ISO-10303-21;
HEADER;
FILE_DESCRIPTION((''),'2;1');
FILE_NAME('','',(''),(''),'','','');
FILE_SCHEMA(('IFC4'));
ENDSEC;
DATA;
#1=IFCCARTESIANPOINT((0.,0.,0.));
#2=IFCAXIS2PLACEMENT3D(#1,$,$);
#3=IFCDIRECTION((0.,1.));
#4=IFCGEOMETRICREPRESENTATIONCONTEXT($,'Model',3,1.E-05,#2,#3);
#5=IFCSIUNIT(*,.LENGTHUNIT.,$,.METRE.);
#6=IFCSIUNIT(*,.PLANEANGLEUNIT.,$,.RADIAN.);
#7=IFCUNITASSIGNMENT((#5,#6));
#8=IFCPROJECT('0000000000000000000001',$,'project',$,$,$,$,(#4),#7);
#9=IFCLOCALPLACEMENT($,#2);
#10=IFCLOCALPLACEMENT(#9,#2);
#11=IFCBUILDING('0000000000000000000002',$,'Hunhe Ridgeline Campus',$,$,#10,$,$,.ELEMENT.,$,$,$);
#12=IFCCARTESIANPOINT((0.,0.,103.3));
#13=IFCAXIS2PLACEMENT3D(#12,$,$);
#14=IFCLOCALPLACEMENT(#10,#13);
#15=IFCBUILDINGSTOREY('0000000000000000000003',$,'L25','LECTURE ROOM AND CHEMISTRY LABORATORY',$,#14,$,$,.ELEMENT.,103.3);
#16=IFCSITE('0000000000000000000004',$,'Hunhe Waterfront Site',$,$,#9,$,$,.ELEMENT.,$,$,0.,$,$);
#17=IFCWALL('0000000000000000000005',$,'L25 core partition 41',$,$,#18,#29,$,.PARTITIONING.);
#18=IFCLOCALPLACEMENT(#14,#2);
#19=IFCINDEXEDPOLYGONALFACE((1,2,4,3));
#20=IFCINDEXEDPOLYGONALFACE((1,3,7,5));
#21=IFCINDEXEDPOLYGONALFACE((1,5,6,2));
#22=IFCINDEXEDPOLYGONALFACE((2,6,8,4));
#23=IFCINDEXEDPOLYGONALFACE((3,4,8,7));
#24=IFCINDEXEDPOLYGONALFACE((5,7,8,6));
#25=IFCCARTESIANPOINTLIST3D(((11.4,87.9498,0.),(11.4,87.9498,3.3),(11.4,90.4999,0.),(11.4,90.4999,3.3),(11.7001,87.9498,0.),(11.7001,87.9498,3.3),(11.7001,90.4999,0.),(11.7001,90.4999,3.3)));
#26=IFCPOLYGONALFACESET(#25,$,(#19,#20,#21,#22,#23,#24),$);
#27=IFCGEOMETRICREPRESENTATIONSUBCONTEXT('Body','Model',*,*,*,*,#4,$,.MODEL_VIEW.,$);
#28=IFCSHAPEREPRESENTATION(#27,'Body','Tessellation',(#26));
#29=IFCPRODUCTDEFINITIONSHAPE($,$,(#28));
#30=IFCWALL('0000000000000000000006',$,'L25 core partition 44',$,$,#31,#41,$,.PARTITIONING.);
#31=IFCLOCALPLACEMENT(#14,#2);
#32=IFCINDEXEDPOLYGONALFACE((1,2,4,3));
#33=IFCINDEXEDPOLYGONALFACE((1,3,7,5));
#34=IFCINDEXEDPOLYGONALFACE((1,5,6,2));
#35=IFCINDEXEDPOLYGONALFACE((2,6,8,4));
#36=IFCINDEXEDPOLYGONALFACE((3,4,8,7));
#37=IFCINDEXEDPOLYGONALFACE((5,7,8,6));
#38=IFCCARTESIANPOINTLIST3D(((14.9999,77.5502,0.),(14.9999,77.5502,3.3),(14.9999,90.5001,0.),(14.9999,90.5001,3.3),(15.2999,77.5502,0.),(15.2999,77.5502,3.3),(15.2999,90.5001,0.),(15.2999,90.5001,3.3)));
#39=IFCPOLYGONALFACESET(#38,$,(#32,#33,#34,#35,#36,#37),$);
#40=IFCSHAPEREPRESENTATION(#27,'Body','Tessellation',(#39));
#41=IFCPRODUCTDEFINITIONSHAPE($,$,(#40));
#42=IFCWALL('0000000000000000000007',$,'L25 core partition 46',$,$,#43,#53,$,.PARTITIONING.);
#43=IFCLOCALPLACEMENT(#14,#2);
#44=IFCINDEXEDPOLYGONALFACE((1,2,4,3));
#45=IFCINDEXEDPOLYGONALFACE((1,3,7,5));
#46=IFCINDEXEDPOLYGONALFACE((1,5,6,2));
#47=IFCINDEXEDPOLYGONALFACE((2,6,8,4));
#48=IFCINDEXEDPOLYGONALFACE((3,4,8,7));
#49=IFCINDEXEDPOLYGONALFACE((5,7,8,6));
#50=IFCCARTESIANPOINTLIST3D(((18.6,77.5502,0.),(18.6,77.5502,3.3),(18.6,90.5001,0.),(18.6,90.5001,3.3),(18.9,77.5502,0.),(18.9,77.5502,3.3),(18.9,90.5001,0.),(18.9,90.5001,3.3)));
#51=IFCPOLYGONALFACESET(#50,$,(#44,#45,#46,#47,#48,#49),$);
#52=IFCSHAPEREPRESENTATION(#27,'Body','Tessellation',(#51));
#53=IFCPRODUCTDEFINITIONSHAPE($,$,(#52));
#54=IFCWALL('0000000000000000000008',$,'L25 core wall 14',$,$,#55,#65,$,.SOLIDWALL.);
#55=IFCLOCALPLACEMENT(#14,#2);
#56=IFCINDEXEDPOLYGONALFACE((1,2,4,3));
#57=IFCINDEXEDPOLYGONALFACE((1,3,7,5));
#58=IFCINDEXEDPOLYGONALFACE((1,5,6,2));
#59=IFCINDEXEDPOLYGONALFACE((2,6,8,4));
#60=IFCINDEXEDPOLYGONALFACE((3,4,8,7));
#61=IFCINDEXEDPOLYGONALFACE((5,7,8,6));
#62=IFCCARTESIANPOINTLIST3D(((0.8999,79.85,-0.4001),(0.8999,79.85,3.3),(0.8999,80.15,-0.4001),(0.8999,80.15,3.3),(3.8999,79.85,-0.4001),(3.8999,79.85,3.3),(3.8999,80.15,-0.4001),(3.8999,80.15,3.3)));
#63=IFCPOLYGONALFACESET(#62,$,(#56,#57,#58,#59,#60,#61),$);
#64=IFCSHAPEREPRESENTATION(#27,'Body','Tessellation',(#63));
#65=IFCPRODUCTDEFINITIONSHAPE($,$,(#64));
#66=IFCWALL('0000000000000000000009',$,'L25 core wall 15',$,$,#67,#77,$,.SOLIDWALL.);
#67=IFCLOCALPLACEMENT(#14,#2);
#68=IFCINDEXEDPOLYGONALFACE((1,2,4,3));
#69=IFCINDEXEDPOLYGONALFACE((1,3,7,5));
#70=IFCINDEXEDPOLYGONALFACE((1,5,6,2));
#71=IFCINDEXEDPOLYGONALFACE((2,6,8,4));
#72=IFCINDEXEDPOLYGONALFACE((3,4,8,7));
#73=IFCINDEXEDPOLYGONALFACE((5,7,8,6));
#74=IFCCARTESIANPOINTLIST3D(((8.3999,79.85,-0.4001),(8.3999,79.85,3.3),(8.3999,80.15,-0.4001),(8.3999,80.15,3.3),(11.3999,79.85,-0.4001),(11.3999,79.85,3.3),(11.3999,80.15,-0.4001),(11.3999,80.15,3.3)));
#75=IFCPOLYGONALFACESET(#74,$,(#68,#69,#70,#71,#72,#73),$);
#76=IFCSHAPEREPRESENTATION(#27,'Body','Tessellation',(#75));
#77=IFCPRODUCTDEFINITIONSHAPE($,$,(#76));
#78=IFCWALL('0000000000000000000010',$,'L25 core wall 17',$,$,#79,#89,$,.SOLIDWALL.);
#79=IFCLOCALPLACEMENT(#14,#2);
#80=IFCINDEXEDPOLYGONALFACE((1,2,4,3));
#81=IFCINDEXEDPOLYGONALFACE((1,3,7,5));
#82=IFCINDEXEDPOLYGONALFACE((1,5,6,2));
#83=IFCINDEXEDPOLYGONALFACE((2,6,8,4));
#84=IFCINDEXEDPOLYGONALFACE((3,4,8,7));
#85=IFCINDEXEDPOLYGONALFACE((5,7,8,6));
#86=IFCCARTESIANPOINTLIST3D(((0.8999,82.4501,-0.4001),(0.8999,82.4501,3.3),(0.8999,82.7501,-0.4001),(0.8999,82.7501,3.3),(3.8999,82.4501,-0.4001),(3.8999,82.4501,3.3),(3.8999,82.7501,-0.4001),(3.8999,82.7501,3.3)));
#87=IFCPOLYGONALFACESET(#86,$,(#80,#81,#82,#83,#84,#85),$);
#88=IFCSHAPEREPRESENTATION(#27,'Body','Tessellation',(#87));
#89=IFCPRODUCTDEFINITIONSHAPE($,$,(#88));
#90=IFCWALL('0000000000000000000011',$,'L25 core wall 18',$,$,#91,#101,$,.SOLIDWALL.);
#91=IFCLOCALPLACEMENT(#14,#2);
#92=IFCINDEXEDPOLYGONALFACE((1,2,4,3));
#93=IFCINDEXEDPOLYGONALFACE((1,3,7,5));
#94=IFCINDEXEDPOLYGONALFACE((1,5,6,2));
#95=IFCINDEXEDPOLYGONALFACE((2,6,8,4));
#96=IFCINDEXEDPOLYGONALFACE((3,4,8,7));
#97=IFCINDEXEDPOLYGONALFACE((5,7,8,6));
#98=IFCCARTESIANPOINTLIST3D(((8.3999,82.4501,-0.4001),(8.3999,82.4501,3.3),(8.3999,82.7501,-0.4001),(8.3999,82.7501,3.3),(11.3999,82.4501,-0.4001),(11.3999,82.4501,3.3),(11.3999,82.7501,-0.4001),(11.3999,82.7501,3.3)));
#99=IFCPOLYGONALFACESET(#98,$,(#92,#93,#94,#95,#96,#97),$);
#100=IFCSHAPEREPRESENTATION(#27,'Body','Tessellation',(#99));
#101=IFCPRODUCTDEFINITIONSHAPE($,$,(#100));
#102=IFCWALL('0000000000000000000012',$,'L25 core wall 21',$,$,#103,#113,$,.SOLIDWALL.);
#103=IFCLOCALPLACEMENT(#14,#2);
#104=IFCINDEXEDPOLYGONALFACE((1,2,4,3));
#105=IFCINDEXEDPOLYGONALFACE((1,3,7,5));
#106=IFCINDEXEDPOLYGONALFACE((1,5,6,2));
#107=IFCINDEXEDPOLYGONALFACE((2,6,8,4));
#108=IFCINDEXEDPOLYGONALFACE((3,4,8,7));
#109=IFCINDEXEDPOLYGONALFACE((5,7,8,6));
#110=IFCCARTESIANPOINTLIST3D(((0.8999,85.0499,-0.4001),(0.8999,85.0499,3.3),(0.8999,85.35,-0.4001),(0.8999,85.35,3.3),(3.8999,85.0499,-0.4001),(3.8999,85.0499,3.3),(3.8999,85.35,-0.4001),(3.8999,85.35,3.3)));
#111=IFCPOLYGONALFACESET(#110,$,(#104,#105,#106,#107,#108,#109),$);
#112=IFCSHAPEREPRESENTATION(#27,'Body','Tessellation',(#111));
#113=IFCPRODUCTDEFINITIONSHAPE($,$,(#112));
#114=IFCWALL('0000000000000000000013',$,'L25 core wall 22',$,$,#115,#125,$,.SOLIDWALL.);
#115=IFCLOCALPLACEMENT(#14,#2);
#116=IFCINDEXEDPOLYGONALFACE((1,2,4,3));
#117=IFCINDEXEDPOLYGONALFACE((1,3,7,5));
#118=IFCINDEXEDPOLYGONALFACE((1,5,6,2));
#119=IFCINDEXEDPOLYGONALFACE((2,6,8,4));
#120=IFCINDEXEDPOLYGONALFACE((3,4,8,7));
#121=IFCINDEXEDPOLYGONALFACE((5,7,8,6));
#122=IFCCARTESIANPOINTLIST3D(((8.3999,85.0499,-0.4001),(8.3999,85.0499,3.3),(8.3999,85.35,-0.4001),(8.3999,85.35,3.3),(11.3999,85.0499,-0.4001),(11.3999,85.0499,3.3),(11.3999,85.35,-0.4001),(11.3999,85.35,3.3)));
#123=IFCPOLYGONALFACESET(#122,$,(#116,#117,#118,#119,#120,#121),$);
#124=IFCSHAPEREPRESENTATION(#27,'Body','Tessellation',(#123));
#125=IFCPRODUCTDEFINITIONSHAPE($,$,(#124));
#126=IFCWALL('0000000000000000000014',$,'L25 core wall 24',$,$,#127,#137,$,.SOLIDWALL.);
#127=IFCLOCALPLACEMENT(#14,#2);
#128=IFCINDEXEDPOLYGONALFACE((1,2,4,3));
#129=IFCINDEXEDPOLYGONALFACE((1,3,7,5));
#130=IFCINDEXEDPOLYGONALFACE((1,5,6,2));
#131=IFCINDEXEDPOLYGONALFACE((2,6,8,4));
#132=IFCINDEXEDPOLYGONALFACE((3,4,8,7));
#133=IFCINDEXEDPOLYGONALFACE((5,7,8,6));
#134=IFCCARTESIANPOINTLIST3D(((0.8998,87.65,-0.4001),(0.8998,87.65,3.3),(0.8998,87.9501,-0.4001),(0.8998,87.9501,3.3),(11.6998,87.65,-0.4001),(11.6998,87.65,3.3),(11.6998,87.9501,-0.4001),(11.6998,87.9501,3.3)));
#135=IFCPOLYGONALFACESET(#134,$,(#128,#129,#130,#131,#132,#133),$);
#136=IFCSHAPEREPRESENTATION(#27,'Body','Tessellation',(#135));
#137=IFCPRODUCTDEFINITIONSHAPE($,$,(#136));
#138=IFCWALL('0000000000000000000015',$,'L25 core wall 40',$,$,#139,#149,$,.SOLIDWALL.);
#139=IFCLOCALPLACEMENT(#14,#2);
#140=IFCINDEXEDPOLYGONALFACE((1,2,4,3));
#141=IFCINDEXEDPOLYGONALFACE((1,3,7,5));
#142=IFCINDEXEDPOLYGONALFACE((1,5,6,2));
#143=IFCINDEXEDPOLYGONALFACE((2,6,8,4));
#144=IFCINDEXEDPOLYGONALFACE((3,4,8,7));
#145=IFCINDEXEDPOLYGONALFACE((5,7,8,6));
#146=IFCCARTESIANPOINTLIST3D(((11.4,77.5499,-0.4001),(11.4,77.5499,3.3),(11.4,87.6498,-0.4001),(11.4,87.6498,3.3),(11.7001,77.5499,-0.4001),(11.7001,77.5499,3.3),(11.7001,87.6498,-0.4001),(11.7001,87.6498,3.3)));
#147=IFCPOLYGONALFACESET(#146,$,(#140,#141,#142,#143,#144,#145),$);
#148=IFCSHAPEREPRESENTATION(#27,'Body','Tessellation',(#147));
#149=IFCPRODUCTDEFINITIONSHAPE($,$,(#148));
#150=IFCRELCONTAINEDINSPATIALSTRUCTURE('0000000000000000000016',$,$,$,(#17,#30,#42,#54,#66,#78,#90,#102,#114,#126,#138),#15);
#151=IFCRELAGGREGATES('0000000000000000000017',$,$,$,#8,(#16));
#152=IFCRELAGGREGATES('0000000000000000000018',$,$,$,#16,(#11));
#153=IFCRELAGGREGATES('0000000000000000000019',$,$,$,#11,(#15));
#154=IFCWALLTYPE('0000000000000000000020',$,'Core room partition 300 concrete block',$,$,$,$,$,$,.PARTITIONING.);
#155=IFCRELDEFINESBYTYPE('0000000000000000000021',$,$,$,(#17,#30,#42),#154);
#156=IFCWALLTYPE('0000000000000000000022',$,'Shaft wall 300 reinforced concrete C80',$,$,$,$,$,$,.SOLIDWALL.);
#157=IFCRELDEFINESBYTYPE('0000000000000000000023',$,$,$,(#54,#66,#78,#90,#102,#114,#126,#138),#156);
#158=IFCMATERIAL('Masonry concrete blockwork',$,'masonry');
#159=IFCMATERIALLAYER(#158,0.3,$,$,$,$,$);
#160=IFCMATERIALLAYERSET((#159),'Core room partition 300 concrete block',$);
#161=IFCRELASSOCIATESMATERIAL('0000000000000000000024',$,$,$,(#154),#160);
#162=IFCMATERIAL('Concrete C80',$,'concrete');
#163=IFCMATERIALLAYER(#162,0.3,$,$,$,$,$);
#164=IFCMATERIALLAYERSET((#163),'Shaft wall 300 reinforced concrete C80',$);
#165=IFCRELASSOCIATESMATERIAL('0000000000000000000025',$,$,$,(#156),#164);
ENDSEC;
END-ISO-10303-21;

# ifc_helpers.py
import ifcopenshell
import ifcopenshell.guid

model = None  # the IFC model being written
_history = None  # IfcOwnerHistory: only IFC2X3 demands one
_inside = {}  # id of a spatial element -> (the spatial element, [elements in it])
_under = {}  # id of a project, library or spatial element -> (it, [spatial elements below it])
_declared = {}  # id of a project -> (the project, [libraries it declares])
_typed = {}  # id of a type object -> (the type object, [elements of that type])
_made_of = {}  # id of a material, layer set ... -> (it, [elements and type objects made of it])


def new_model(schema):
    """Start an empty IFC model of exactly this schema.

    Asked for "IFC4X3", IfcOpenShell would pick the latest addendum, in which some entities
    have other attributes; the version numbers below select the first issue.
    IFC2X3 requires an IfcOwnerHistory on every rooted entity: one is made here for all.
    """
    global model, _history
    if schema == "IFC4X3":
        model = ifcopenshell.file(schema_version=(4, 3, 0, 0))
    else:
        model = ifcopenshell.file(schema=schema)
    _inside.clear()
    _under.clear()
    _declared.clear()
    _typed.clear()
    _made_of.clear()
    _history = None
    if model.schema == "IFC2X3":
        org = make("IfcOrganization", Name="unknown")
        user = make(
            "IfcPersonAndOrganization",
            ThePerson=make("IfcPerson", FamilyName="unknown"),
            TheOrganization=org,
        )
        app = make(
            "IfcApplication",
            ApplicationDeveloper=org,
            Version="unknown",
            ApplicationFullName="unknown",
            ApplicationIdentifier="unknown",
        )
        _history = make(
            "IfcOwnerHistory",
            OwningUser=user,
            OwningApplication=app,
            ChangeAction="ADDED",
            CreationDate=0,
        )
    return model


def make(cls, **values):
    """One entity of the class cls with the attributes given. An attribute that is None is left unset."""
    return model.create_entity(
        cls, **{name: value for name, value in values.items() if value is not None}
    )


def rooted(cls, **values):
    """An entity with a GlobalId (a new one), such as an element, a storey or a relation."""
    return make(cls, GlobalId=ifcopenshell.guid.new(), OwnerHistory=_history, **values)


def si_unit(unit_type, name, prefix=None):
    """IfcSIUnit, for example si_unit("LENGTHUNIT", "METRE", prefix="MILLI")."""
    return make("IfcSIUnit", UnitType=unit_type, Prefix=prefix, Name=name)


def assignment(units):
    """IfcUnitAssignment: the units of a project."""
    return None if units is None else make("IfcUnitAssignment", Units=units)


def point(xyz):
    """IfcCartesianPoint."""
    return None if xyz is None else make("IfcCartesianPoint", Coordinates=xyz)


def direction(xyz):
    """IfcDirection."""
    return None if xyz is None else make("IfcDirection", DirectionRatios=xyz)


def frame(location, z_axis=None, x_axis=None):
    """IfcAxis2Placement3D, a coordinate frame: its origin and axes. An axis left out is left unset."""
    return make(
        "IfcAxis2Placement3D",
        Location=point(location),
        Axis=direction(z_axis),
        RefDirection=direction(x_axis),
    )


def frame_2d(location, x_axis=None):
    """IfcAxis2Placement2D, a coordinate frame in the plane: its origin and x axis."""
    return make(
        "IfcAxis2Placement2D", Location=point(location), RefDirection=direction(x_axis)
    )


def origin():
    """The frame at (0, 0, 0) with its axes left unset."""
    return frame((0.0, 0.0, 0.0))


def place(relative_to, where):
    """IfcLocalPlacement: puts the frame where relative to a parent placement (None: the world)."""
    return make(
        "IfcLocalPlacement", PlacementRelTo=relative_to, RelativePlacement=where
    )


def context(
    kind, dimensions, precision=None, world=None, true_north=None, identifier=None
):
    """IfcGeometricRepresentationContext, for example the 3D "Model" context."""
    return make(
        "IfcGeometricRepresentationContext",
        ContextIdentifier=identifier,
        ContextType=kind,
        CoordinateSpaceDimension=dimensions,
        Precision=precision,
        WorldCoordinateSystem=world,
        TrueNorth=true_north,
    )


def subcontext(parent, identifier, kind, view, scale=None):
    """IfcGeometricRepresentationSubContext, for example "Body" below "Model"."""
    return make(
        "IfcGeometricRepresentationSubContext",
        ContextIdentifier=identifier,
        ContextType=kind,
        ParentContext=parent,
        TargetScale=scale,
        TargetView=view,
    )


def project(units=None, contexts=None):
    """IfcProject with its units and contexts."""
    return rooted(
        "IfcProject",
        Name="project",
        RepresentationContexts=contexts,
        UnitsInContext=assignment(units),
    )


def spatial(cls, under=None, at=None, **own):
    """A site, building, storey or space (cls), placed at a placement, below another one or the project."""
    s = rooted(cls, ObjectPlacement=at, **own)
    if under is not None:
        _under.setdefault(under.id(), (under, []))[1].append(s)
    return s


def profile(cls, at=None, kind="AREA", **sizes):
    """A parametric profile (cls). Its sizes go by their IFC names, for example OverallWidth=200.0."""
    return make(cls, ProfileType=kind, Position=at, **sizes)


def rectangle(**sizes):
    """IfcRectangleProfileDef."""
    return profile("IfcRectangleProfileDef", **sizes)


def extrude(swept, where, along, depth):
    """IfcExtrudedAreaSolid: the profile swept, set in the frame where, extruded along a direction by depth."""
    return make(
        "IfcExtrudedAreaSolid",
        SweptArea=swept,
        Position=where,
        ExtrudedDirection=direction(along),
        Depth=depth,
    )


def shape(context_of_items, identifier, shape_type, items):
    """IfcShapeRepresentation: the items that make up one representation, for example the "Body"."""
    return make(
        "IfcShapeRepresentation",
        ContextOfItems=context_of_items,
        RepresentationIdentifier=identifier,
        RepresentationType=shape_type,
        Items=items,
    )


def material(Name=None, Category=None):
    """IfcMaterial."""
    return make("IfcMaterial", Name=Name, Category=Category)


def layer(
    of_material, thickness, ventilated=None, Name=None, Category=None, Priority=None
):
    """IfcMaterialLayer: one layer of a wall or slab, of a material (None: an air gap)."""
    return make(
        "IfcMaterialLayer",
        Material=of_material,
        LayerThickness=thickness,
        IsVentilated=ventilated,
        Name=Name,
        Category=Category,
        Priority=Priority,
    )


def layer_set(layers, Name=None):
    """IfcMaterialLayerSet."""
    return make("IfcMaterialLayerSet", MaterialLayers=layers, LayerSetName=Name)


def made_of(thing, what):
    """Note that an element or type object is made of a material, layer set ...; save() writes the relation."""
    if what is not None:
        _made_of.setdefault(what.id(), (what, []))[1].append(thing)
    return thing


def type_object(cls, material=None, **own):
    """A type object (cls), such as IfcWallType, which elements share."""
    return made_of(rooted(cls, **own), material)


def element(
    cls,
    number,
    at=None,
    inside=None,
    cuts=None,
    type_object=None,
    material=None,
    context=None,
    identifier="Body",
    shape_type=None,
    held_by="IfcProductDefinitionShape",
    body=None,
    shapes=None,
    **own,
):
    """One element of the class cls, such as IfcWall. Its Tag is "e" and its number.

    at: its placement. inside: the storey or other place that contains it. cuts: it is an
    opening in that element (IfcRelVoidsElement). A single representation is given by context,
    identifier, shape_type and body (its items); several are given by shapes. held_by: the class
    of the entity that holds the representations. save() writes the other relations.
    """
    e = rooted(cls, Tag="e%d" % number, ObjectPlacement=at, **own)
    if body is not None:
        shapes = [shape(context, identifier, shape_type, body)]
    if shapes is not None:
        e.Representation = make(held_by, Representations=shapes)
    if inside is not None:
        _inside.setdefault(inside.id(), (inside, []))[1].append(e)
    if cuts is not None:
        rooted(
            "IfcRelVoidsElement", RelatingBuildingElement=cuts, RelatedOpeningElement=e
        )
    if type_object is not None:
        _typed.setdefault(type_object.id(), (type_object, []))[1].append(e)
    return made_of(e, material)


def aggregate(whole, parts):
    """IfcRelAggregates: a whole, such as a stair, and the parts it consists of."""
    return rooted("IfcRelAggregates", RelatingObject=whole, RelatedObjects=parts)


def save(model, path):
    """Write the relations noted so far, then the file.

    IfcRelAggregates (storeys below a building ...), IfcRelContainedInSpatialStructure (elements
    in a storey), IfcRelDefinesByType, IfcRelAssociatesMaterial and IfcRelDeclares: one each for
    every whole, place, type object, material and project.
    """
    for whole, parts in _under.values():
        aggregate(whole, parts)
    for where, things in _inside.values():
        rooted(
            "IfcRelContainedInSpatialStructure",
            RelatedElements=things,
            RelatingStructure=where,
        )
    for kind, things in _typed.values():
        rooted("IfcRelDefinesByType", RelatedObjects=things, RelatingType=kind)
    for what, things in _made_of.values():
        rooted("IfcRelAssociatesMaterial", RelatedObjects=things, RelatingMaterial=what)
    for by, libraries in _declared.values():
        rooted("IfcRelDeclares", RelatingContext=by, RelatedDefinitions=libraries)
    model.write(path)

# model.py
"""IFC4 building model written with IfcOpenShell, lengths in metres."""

from ifc_helpers import new_model, si_unit, direction, frame, frame_2d, origin, place, context, subcontext, project, spatial, rectangle, extrude, material, layer, layer_set, type_object, element, save


model = new_model("IFC4")

# Units and contexts
model_context = context("Model", 3, precision=1e-05, world=origin(), true_north=direction((0.0, 1.0)))
body_context = subcontext(model_context, "Body", "Model", "MODEL_VIEW")
ifc_project = project(units=[si_unit("LENGTHUNIT", "METRE"), si_unit("PLANEANGLEUNIT", "RADIAN")], contexts=[model_context])

# Site, building, storey
site_placement = place(None, origin())
site = spatial("IfcSite", under=ifc_project, at=site_placement, Name="Hunhe Waterfront Site", CompositionType="ELEMENT", RefElevation=0.0)
building_placement = place(site_placement, origin())
building = spatial("IfcBuilding", under=site, at=building_placement, Name="Hunhe Ridgeline Campus", CompositionType="ELEMENT")
storey_placement = place(building_placement, frame((0.0, 0.0, 103.3)))
storey = spatial("IfcBuildingStorey", under=building, at=storey_placement, Name="L25", Description="LECTURE ROOM AND CHEMISTRY LABORATORY", CompositionType="ELEMENT", Elevation=103.3)

# Walls
ifc_material_1 = material(Name="Masonry concrete blockwork", Category="masonry")
ifc_layer_1 = layer(ifc_material_1, 0.3)
ifc_layer_set_1 = layer_set([ifc_layer_1], Name="Core room partition 300 concrete block")
wall_type_1 = type_object("IfcWallType", Name="Core room partition 300 concrete block", PredefinedType="PARTITIONING", material=ifc_layer_set_1)
wall_1_placement = place(storey_placement, frame((11.55, 87.95, 0.0), z_axis=(0.0, 0.0, 1.0), x_axis=(0.0, 1.0, 0.0)))
element("IfcWall", 1, at=wall_1_placement, inside=storey, type_object=wall_type_1, Name="L25 core partition 41", PredefinedType="PARTITIONING", context=body_context, shape_type="SweptSolid", body=[
    extrude(rectangle(XDim=2.55, YDim=0.3, at=frame_2d((1.2749, 0.0))), origin(), (0.0, 0.0, 1.0), 3.3),
])
for number, where, z_axis, x_axis, name in (
    (2, (15.1499, 77.55, 0.0), (0.0, 0.0, 1.0), (0.0, 1.0, 0.0), "L25 core partition 44"),
    (3, (18.75, 77.55, 0.0), (0.0, 0.0, 1.0), (0.0, 1.0, 0.0), "L25 core partition 46"),
):
    element("IfcWall", number, at=place(storey_placement, frame(where, z_axis=z_axis, x_axis=x_axis)), inside=storey, type_object=wall_type_1, Name=name, PredefinedType="PARTITIONING", context=body_context, shape_type="SweptSolid", body=[
        extrude(rectangle(XDim=12.95, YDim=0.3, at=frame_2d((6.4751, 0.0))), origin(), (0.0, 0.0, 1.0), 3.3),
    ])
ifc_material_2 = material(Name="Concrete C80", Category="concrete")
ifc_layer_2 = layer(ifc_material_2, 0.3)
ifc_layer_set_2 = layer_set([ifc_layer_2], Name="Shaft wall 300 reinforced concrete C80")
wall_type_2 = type_object("IfcWallType", Name="Shaft wall 300 reinforced concrete C80", PredefinedType="SOLIDWALL", material=ifc_layer_set_2)
for number, where, z_axis, x_axis, name in (
    (4, (0.8999, 80.0, -0.4001), (0.0, 0.0, 1.0), (1.0, 0.0, 0.0), "L25 core wall 14"),
    (5, (8.3999, 80.0, -0.4001), (0.0, 0.0, 1.0), (1.0, 0.0, 0.0), "L25 core wall 15"),
    (6, (0.8999, 82.6001, -0.4001), (0.0, 0.0, 1.0), (1.0, 0.0, 0.0), "L25 core wall 17"),
    (7, (8.3999, 82.6001, -0.4001), (0.0, 0.0, 1.0), (1.0, 0.0, 0.0), "L25 core wall 18"),
    (8, (0.8999, 85.2, -0.4001), (0.0, 0.0, 1.0), (1.0, 0.0, 0.0), "L25 core wall 21"),
    (9, (8.3999, 85.2, -0.4001), (0.0, 0.0, 1.0), (1.0, 0.0, 0.0), "L25 core wall 22"),
):
    element("IfcWall", number, at=place(storey_placement, frame(where, z_axis=z_axis, x_axis=x_axis)), inside=storey, type_object=wall_type_2, Name=name, PredefinedType="SOLIDWALL", context=body_context, shape_type="SweptSolid", body=[
        extrude(rectangle(XDim=3.0, YDim=0.3, at=frame_2d((1.5, 0.0))), origin(), (0.0, 0.0, 1.0), 3.7002),
    ])
wall_2_placement = place(storey_placement, frame((0.8999, 87.8, -0.4001), z_axis=(0.0, 0.0, 1.0), x_axis=(1.0, 0.0, 0.0)))
element("IfcWall", 10, at=wall_2_placement, inside=storey, type_object=wall_type_2, Name="L25 core wall 24", PredefinedType="SOLIDWALL", context=body_context, shape_type="SweptSolid", body=[
    extrude(rectangle(XDim=10.8, YDim=0.3, at=frame_2d((5.3999, 0.0))), origin(), (0.0, 0.0, 1.0), 3.7002),
])

# Wall
wall_3_placement = place(storey_placement, frame((11.55, 77.55, -0.4001), z_axis=(0.0, 0.0, 1.0), x_axis=(0.0, 1.0, 0.0)))
element("IfcWall", 11, at=wall_3_placement, inside=storey, type_object=wall_type_2, Name="L25 core wall 40", PredefinedType="SOLIDWALL", context=body_context, shape_type="SweptSolid", body=[
    extrude(rectangle(XDim=10.0999, YDim=0.3, at=frame_2d((5.0498, 0.0))), origin(), (0.0, 0.0, 1.0), 3.7002),
])

save(model, "model.ifc")
